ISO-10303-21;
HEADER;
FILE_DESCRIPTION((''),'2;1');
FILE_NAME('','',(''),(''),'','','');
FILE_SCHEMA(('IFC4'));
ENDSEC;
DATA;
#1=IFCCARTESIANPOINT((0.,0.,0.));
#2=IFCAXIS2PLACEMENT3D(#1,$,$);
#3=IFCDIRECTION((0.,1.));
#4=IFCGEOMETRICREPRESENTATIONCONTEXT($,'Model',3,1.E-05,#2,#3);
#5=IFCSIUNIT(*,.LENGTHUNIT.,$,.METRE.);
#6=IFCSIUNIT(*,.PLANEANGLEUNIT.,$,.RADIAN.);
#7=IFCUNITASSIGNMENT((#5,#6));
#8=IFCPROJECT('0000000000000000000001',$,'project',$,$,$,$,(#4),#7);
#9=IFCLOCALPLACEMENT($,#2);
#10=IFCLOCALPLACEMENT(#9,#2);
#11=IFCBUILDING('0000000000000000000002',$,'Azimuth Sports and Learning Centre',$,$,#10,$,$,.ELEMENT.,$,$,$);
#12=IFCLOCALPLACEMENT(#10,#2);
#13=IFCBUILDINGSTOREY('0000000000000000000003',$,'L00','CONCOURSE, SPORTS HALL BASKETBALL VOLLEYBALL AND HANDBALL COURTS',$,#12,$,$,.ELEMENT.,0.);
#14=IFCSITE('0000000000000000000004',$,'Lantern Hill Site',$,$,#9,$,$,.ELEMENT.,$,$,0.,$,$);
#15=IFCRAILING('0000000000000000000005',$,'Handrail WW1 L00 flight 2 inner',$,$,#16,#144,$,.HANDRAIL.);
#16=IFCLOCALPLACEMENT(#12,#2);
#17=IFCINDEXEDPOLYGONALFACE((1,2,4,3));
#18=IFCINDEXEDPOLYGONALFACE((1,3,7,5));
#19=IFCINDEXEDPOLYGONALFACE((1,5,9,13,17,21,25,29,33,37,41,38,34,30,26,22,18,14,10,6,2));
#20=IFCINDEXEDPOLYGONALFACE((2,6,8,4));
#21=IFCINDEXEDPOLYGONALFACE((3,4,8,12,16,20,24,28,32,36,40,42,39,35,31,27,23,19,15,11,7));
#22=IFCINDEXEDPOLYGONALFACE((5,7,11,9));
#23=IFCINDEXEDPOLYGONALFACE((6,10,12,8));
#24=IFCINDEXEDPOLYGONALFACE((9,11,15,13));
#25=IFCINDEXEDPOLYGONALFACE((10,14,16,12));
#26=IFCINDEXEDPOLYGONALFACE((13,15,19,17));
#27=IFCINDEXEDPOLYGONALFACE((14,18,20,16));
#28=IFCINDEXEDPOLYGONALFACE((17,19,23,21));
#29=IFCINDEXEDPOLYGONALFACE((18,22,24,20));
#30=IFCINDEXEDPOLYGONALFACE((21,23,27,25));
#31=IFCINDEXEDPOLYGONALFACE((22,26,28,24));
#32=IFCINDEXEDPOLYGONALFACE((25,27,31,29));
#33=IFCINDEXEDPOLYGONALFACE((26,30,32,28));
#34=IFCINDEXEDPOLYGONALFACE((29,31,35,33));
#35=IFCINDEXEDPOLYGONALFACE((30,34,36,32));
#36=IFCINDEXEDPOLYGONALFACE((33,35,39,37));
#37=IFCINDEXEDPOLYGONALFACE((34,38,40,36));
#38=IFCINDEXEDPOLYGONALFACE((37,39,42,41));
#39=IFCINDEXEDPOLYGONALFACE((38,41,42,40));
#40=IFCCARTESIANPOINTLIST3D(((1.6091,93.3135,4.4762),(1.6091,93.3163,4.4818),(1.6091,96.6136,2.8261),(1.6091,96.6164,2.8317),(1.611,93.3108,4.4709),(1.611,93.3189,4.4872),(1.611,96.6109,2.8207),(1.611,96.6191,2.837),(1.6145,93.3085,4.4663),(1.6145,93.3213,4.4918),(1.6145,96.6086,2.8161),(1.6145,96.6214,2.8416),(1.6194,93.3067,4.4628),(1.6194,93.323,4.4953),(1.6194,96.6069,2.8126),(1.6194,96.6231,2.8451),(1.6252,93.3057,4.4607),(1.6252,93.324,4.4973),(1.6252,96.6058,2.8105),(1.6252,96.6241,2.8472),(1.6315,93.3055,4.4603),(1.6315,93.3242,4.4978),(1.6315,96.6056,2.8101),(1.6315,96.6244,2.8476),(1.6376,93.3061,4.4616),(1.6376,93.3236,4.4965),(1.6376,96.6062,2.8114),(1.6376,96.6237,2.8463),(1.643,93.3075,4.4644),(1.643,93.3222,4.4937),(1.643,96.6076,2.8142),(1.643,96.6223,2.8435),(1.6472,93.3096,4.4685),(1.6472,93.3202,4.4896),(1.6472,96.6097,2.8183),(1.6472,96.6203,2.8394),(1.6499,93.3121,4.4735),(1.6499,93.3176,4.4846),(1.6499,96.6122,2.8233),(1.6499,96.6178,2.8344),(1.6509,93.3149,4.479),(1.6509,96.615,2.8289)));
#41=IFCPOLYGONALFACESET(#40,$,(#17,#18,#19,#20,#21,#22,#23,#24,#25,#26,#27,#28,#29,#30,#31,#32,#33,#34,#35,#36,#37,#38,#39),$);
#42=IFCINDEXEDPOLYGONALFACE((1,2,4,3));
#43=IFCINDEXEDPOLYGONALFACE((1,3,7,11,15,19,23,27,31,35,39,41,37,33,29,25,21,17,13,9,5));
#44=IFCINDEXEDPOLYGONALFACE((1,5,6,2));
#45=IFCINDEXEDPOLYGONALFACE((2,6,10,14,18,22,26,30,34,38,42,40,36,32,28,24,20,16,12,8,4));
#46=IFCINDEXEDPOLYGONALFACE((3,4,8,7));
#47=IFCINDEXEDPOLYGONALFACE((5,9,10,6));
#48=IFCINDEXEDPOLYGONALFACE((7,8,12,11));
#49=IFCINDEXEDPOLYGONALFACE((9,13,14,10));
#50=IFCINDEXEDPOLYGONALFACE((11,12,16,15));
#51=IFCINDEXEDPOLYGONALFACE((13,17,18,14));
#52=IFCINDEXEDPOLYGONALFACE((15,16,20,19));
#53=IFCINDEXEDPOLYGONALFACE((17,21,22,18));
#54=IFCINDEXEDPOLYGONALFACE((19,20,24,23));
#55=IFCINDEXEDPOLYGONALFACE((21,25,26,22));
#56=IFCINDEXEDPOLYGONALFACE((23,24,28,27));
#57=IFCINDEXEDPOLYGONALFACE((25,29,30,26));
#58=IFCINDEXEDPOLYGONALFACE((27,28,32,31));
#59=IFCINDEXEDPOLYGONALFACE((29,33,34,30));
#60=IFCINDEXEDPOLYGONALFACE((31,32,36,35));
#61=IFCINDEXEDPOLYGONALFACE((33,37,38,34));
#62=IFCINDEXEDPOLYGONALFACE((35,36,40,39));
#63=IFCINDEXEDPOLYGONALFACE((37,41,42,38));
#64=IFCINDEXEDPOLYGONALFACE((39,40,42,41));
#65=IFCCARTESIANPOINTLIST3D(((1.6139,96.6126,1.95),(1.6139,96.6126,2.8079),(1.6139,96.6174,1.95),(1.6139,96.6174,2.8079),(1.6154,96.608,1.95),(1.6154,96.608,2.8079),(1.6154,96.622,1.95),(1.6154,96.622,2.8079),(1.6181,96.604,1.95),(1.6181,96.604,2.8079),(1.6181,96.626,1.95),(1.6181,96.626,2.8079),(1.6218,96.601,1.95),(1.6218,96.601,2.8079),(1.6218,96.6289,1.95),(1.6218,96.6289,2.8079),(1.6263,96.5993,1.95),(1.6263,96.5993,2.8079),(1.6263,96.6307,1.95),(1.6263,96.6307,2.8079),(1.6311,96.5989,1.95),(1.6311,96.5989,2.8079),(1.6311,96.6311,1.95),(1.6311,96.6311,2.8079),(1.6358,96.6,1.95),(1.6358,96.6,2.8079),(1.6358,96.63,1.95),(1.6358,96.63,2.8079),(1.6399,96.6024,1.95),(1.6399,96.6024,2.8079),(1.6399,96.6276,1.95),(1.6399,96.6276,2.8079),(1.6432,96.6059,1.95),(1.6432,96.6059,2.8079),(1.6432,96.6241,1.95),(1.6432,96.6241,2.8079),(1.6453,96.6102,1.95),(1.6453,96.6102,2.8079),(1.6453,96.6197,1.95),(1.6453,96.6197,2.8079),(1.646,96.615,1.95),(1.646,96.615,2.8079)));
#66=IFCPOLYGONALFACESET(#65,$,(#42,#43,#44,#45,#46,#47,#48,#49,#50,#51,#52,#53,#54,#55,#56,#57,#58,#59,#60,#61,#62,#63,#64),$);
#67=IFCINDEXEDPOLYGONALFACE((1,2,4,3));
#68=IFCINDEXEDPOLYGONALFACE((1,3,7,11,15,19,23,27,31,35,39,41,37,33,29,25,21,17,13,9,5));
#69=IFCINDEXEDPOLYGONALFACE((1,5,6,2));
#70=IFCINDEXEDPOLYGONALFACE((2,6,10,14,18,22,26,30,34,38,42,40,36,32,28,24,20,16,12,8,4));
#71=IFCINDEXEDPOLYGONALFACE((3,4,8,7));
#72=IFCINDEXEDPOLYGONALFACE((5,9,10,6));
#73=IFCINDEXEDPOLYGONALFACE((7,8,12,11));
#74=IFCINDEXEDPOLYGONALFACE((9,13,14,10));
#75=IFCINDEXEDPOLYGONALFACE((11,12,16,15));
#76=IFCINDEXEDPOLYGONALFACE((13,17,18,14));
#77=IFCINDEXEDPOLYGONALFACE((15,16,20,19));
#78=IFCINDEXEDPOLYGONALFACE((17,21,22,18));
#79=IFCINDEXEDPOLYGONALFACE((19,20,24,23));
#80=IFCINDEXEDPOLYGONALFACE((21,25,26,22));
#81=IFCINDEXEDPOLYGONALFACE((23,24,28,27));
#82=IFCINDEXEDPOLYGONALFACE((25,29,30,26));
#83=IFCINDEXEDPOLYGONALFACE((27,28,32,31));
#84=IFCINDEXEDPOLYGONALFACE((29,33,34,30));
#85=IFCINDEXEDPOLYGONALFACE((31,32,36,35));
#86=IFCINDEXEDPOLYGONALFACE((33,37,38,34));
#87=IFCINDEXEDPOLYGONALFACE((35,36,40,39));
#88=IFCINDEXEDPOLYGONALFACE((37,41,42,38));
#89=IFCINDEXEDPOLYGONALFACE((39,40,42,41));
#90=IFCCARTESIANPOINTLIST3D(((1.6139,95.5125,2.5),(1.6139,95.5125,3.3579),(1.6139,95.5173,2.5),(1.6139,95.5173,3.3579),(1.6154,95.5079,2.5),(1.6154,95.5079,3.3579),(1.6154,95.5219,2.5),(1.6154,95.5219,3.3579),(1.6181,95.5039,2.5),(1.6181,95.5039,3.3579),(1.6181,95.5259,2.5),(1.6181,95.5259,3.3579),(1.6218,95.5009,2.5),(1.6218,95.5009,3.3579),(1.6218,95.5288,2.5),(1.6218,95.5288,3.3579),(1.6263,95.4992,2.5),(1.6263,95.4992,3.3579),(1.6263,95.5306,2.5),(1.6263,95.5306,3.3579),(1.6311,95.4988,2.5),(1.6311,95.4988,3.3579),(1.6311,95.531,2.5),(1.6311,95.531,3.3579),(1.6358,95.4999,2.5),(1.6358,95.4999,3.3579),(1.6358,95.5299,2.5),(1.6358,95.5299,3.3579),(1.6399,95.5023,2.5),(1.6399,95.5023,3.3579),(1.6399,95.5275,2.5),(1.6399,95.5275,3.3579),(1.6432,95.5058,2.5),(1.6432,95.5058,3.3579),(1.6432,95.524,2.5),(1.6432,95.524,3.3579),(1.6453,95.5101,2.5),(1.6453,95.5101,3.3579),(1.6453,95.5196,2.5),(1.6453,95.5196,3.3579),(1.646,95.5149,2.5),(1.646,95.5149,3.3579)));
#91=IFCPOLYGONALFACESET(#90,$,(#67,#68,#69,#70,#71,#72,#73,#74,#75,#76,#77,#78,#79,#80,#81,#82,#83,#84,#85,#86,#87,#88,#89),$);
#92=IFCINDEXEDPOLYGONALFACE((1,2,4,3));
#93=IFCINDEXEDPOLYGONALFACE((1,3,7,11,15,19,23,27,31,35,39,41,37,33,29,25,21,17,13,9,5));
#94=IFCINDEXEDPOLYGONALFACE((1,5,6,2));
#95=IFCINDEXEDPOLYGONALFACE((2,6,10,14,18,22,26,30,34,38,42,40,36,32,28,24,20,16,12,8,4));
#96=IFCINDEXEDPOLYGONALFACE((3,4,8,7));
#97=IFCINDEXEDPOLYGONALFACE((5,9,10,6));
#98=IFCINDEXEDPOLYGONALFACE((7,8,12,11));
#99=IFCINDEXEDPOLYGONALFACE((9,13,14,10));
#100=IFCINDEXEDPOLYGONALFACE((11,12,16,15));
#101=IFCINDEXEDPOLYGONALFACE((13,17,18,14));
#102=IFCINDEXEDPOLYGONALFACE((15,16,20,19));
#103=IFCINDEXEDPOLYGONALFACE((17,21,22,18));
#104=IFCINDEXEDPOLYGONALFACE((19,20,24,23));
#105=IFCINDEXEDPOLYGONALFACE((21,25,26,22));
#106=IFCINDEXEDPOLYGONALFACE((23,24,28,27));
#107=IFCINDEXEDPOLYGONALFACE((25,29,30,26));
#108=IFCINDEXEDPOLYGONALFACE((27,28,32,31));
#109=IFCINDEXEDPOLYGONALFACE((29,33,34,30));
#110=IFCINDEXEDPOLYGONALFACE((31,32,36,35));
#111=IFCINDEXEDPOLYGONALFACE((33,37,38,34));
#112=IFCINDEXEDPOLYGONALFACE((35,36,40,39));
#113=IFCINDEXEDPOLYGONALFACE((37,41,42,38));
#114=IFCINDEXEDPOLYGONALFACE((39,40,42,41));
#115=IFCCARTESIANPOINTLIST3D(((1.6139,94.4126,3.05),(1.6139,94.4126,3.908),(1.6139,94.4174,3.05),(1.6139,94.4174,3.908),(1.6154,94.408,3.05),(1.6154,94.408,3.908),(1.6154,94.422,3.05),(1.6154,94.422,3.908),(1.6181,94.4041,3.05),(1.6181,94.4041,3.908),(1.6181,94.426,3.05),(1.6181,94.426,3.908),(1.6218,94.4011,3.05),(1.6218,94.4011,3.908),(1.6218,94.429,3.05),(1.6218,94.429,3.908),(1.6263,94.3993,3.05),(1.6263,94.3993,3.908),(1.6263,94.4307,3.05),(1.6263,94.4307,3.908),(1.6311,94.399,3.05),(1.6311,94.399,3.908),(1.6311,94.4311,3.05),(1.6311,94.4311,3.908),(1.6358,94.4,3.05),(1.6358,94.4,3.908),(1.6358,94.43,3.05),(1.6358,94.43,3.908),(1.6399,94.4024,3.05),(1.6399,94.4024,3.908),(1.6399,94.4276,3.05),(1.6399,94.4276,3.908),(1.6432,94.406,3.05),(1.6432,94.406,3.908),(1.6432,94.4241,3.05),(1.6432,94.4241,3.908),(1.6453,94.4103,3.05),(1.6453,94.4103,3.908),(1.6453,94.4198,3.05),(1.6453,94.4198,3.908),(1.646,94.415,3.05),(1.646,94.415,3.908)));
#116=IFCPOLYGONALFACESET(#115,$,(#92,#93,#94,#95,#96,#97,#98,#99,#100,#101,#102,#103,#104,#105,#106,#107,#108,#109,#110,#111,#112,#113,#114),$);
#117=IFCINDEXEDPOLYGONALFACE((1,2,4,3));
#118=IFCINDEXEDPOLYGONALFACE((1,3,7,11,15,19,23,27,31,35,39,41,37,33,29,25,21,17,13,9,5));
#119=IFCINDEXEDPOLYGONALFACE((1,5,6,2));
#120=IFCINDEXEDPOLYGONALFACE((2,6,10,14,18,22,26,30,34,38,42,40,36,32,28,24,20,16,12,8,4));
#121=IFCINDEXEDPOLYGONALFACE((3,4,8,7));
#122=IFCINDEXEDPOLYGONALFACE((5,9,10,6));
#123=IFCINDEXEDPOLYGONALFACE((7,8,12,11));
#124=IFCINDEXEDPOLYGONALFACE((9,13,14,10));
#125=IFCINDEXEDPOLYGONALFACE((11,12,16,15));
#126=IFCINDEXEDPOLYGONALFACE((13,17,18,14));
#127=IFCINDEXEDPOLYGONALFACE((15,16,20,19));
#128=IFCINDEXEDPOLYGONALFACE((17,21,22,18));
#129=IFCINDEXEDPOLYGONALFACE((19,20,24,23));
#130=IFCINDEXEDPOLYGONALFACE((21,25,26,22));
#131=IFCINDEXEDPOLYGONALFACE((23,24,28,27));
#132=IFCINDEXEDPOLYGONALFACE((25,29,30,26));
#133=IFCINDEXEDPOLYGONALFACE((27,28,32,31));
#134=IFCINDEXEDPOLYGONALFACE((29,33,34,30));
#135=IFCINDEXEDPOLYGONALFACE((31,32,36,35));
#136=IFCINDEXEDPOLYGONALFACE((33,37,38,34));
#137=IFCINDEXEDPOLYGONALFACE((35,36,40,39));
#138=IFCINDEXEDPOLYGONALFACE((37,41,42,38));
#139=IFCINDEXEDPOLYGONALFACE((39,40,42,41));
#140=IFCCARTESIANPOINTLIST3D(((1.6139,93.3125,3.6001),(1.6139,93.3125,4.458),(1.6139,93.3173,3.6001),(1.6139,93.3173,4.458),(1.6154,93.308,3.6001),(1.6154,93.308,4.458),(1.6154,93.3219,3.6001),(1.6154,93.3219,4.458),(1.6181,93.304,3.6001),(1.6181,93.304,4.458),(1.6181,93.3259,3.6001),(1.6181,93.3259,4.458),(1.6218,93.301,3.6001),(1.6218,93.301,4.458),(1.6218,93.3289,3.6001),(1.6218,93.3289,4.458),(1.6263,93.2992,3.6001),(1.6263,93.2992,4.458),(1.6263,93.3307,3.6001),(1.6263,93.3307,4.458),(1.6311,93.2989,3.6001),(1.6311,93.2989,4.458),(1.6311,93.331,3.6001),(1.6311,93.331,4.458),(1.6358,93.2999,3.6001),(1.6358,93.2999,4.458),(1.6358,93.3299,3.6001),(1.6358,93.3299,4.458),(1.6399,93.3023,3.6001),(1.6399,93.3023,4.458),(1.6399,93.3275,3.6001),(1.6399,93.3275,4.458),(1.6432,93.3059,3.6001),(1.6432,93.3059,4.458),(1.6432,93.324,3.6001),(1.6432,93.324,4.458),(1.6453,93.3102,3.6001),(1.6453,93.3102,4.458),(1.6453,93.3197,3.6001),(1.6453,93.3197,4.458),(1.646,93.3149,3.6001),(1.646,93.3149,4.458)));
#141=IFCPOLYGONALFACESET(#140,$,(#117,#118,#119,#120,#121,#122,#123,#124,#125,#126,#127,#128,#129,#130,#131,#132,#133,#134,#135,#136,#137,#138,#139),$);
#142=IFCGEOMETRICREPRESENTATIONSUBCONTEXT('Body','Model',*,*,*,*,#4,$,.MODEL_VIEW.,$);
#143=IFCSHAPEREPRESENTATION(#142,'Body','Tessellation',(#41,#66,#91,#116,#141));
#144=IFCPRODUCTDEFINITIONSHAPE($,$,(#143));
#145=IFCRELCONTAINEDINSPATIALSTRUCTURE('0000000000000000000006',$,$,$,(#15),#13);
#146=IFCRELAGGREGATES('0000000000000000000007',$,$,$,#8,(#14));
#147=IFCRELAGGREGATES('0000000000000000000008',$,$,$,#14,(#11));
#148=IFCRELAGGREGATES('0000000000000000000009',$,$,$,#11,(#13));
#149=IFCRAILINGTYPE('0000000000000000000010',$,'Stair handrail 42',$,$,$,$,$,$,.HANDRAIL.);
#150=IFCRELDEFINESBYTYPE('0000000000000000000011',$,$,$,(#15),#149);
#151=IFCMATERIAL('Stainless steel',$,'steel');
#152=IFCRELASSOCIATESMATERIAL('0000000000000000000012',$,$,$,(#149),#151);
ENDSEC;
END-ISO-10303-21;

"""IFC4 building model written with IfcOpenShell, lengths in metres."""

from ifc_helpers import new_model, si_unit, direction, frame, origin, origin_2d, place, context, subcontext, project, spatial, circle, extrude, material, type_object, element, save


model = new_model("IFC4")

# Units and contexts
model_context = context("Model", 3, precision=1e-05, world=origin(), true_north=direction((0.0, 1.0)))
body_context = subcontext(model_context, "Body", "Model", "MODEL_VIEW")
ifc_project = project(units=[si_unit("LENGTHUNIT", "METRE"), si_unit("PLANEANGLEUNIT", "RADIAN")], contexts=[model_context])

# Site, building, storey
site_placement = place(None, origin())
site = spatial("IfcSite", under=ifc_project, at=site_placement, Name="Lantern Hill Site", CompositionType="ELEMENT", RefElevation=0.0)
building_placement = place(site_placement, origin())
building = spatial("IfcBuilding", under=site, at=building_placement, Name="Azimuth Sports and Learning Centre", CompositionType="ELEMENT")
storey_placement = place(building_placement, origin())
storey = spatial("IfcBuildingStorey", under=building, at=storey_placement, Name="L00", Description="CONCOURSE, SPORTS HALL BASKETBALL VOLLEYBALL AND HANDBALL COURTS", CompositionType="ELEMENT", Elevation=0.0)

# Railing
ifc_material_1 = material(Name="Stainless steel", Category="steel")
railing_type_1 = type_object("IfcRailingType", Name="Stair handrail 42", PredefinedType="HANDRAIL", material=ifc_material_1)
for number, where, name in (
    (1, (1.6299, 96.615, 1.95), "Handrail WW1 L00 flight 2 inner"),
):
    element("IfcRailing", number, at=place(storey_placement, frame(where)), inside=storey, type_object=railing_type_1, Name=name, PredefinedType="HANDRAIL", context=body_context, shape_type="SweptSolid", body=[
        extrude(circle(Radius=0.021, at=origin_2d()), frame((0.0, 0.0, 0.8789), z_axis=(0.0, -0.894414, 0.44724), x_axis=(1.0, 0.0, 0.0)), (0.0, 0.0, 1.0), 3.6897),
        extrude(circle(Radius=0.0161, at=origin_2d()), origin(), (0.0, 0.0, 1.0), 0.8579),
        extrude(circle(Radius=0.0161, at=origin_2d()), frame((0.0, -1.1001, 0.55)), (0.0, 0.0, 1.0), 0.8579),
        extrude(circle(Radius=0.0161, at=origin_2d()), frame((0.0, -2.2, 1.1001)), (0.0, 0.0, 1.0), 0.8579),
        extrude(circle(Radius=0.0161, at=origin_2d()), frame((0.0, -3.3, 1.6501)), (0.0, 0.0, 1.0), 0.8579),
    ])

save(model, "model.ifc")
